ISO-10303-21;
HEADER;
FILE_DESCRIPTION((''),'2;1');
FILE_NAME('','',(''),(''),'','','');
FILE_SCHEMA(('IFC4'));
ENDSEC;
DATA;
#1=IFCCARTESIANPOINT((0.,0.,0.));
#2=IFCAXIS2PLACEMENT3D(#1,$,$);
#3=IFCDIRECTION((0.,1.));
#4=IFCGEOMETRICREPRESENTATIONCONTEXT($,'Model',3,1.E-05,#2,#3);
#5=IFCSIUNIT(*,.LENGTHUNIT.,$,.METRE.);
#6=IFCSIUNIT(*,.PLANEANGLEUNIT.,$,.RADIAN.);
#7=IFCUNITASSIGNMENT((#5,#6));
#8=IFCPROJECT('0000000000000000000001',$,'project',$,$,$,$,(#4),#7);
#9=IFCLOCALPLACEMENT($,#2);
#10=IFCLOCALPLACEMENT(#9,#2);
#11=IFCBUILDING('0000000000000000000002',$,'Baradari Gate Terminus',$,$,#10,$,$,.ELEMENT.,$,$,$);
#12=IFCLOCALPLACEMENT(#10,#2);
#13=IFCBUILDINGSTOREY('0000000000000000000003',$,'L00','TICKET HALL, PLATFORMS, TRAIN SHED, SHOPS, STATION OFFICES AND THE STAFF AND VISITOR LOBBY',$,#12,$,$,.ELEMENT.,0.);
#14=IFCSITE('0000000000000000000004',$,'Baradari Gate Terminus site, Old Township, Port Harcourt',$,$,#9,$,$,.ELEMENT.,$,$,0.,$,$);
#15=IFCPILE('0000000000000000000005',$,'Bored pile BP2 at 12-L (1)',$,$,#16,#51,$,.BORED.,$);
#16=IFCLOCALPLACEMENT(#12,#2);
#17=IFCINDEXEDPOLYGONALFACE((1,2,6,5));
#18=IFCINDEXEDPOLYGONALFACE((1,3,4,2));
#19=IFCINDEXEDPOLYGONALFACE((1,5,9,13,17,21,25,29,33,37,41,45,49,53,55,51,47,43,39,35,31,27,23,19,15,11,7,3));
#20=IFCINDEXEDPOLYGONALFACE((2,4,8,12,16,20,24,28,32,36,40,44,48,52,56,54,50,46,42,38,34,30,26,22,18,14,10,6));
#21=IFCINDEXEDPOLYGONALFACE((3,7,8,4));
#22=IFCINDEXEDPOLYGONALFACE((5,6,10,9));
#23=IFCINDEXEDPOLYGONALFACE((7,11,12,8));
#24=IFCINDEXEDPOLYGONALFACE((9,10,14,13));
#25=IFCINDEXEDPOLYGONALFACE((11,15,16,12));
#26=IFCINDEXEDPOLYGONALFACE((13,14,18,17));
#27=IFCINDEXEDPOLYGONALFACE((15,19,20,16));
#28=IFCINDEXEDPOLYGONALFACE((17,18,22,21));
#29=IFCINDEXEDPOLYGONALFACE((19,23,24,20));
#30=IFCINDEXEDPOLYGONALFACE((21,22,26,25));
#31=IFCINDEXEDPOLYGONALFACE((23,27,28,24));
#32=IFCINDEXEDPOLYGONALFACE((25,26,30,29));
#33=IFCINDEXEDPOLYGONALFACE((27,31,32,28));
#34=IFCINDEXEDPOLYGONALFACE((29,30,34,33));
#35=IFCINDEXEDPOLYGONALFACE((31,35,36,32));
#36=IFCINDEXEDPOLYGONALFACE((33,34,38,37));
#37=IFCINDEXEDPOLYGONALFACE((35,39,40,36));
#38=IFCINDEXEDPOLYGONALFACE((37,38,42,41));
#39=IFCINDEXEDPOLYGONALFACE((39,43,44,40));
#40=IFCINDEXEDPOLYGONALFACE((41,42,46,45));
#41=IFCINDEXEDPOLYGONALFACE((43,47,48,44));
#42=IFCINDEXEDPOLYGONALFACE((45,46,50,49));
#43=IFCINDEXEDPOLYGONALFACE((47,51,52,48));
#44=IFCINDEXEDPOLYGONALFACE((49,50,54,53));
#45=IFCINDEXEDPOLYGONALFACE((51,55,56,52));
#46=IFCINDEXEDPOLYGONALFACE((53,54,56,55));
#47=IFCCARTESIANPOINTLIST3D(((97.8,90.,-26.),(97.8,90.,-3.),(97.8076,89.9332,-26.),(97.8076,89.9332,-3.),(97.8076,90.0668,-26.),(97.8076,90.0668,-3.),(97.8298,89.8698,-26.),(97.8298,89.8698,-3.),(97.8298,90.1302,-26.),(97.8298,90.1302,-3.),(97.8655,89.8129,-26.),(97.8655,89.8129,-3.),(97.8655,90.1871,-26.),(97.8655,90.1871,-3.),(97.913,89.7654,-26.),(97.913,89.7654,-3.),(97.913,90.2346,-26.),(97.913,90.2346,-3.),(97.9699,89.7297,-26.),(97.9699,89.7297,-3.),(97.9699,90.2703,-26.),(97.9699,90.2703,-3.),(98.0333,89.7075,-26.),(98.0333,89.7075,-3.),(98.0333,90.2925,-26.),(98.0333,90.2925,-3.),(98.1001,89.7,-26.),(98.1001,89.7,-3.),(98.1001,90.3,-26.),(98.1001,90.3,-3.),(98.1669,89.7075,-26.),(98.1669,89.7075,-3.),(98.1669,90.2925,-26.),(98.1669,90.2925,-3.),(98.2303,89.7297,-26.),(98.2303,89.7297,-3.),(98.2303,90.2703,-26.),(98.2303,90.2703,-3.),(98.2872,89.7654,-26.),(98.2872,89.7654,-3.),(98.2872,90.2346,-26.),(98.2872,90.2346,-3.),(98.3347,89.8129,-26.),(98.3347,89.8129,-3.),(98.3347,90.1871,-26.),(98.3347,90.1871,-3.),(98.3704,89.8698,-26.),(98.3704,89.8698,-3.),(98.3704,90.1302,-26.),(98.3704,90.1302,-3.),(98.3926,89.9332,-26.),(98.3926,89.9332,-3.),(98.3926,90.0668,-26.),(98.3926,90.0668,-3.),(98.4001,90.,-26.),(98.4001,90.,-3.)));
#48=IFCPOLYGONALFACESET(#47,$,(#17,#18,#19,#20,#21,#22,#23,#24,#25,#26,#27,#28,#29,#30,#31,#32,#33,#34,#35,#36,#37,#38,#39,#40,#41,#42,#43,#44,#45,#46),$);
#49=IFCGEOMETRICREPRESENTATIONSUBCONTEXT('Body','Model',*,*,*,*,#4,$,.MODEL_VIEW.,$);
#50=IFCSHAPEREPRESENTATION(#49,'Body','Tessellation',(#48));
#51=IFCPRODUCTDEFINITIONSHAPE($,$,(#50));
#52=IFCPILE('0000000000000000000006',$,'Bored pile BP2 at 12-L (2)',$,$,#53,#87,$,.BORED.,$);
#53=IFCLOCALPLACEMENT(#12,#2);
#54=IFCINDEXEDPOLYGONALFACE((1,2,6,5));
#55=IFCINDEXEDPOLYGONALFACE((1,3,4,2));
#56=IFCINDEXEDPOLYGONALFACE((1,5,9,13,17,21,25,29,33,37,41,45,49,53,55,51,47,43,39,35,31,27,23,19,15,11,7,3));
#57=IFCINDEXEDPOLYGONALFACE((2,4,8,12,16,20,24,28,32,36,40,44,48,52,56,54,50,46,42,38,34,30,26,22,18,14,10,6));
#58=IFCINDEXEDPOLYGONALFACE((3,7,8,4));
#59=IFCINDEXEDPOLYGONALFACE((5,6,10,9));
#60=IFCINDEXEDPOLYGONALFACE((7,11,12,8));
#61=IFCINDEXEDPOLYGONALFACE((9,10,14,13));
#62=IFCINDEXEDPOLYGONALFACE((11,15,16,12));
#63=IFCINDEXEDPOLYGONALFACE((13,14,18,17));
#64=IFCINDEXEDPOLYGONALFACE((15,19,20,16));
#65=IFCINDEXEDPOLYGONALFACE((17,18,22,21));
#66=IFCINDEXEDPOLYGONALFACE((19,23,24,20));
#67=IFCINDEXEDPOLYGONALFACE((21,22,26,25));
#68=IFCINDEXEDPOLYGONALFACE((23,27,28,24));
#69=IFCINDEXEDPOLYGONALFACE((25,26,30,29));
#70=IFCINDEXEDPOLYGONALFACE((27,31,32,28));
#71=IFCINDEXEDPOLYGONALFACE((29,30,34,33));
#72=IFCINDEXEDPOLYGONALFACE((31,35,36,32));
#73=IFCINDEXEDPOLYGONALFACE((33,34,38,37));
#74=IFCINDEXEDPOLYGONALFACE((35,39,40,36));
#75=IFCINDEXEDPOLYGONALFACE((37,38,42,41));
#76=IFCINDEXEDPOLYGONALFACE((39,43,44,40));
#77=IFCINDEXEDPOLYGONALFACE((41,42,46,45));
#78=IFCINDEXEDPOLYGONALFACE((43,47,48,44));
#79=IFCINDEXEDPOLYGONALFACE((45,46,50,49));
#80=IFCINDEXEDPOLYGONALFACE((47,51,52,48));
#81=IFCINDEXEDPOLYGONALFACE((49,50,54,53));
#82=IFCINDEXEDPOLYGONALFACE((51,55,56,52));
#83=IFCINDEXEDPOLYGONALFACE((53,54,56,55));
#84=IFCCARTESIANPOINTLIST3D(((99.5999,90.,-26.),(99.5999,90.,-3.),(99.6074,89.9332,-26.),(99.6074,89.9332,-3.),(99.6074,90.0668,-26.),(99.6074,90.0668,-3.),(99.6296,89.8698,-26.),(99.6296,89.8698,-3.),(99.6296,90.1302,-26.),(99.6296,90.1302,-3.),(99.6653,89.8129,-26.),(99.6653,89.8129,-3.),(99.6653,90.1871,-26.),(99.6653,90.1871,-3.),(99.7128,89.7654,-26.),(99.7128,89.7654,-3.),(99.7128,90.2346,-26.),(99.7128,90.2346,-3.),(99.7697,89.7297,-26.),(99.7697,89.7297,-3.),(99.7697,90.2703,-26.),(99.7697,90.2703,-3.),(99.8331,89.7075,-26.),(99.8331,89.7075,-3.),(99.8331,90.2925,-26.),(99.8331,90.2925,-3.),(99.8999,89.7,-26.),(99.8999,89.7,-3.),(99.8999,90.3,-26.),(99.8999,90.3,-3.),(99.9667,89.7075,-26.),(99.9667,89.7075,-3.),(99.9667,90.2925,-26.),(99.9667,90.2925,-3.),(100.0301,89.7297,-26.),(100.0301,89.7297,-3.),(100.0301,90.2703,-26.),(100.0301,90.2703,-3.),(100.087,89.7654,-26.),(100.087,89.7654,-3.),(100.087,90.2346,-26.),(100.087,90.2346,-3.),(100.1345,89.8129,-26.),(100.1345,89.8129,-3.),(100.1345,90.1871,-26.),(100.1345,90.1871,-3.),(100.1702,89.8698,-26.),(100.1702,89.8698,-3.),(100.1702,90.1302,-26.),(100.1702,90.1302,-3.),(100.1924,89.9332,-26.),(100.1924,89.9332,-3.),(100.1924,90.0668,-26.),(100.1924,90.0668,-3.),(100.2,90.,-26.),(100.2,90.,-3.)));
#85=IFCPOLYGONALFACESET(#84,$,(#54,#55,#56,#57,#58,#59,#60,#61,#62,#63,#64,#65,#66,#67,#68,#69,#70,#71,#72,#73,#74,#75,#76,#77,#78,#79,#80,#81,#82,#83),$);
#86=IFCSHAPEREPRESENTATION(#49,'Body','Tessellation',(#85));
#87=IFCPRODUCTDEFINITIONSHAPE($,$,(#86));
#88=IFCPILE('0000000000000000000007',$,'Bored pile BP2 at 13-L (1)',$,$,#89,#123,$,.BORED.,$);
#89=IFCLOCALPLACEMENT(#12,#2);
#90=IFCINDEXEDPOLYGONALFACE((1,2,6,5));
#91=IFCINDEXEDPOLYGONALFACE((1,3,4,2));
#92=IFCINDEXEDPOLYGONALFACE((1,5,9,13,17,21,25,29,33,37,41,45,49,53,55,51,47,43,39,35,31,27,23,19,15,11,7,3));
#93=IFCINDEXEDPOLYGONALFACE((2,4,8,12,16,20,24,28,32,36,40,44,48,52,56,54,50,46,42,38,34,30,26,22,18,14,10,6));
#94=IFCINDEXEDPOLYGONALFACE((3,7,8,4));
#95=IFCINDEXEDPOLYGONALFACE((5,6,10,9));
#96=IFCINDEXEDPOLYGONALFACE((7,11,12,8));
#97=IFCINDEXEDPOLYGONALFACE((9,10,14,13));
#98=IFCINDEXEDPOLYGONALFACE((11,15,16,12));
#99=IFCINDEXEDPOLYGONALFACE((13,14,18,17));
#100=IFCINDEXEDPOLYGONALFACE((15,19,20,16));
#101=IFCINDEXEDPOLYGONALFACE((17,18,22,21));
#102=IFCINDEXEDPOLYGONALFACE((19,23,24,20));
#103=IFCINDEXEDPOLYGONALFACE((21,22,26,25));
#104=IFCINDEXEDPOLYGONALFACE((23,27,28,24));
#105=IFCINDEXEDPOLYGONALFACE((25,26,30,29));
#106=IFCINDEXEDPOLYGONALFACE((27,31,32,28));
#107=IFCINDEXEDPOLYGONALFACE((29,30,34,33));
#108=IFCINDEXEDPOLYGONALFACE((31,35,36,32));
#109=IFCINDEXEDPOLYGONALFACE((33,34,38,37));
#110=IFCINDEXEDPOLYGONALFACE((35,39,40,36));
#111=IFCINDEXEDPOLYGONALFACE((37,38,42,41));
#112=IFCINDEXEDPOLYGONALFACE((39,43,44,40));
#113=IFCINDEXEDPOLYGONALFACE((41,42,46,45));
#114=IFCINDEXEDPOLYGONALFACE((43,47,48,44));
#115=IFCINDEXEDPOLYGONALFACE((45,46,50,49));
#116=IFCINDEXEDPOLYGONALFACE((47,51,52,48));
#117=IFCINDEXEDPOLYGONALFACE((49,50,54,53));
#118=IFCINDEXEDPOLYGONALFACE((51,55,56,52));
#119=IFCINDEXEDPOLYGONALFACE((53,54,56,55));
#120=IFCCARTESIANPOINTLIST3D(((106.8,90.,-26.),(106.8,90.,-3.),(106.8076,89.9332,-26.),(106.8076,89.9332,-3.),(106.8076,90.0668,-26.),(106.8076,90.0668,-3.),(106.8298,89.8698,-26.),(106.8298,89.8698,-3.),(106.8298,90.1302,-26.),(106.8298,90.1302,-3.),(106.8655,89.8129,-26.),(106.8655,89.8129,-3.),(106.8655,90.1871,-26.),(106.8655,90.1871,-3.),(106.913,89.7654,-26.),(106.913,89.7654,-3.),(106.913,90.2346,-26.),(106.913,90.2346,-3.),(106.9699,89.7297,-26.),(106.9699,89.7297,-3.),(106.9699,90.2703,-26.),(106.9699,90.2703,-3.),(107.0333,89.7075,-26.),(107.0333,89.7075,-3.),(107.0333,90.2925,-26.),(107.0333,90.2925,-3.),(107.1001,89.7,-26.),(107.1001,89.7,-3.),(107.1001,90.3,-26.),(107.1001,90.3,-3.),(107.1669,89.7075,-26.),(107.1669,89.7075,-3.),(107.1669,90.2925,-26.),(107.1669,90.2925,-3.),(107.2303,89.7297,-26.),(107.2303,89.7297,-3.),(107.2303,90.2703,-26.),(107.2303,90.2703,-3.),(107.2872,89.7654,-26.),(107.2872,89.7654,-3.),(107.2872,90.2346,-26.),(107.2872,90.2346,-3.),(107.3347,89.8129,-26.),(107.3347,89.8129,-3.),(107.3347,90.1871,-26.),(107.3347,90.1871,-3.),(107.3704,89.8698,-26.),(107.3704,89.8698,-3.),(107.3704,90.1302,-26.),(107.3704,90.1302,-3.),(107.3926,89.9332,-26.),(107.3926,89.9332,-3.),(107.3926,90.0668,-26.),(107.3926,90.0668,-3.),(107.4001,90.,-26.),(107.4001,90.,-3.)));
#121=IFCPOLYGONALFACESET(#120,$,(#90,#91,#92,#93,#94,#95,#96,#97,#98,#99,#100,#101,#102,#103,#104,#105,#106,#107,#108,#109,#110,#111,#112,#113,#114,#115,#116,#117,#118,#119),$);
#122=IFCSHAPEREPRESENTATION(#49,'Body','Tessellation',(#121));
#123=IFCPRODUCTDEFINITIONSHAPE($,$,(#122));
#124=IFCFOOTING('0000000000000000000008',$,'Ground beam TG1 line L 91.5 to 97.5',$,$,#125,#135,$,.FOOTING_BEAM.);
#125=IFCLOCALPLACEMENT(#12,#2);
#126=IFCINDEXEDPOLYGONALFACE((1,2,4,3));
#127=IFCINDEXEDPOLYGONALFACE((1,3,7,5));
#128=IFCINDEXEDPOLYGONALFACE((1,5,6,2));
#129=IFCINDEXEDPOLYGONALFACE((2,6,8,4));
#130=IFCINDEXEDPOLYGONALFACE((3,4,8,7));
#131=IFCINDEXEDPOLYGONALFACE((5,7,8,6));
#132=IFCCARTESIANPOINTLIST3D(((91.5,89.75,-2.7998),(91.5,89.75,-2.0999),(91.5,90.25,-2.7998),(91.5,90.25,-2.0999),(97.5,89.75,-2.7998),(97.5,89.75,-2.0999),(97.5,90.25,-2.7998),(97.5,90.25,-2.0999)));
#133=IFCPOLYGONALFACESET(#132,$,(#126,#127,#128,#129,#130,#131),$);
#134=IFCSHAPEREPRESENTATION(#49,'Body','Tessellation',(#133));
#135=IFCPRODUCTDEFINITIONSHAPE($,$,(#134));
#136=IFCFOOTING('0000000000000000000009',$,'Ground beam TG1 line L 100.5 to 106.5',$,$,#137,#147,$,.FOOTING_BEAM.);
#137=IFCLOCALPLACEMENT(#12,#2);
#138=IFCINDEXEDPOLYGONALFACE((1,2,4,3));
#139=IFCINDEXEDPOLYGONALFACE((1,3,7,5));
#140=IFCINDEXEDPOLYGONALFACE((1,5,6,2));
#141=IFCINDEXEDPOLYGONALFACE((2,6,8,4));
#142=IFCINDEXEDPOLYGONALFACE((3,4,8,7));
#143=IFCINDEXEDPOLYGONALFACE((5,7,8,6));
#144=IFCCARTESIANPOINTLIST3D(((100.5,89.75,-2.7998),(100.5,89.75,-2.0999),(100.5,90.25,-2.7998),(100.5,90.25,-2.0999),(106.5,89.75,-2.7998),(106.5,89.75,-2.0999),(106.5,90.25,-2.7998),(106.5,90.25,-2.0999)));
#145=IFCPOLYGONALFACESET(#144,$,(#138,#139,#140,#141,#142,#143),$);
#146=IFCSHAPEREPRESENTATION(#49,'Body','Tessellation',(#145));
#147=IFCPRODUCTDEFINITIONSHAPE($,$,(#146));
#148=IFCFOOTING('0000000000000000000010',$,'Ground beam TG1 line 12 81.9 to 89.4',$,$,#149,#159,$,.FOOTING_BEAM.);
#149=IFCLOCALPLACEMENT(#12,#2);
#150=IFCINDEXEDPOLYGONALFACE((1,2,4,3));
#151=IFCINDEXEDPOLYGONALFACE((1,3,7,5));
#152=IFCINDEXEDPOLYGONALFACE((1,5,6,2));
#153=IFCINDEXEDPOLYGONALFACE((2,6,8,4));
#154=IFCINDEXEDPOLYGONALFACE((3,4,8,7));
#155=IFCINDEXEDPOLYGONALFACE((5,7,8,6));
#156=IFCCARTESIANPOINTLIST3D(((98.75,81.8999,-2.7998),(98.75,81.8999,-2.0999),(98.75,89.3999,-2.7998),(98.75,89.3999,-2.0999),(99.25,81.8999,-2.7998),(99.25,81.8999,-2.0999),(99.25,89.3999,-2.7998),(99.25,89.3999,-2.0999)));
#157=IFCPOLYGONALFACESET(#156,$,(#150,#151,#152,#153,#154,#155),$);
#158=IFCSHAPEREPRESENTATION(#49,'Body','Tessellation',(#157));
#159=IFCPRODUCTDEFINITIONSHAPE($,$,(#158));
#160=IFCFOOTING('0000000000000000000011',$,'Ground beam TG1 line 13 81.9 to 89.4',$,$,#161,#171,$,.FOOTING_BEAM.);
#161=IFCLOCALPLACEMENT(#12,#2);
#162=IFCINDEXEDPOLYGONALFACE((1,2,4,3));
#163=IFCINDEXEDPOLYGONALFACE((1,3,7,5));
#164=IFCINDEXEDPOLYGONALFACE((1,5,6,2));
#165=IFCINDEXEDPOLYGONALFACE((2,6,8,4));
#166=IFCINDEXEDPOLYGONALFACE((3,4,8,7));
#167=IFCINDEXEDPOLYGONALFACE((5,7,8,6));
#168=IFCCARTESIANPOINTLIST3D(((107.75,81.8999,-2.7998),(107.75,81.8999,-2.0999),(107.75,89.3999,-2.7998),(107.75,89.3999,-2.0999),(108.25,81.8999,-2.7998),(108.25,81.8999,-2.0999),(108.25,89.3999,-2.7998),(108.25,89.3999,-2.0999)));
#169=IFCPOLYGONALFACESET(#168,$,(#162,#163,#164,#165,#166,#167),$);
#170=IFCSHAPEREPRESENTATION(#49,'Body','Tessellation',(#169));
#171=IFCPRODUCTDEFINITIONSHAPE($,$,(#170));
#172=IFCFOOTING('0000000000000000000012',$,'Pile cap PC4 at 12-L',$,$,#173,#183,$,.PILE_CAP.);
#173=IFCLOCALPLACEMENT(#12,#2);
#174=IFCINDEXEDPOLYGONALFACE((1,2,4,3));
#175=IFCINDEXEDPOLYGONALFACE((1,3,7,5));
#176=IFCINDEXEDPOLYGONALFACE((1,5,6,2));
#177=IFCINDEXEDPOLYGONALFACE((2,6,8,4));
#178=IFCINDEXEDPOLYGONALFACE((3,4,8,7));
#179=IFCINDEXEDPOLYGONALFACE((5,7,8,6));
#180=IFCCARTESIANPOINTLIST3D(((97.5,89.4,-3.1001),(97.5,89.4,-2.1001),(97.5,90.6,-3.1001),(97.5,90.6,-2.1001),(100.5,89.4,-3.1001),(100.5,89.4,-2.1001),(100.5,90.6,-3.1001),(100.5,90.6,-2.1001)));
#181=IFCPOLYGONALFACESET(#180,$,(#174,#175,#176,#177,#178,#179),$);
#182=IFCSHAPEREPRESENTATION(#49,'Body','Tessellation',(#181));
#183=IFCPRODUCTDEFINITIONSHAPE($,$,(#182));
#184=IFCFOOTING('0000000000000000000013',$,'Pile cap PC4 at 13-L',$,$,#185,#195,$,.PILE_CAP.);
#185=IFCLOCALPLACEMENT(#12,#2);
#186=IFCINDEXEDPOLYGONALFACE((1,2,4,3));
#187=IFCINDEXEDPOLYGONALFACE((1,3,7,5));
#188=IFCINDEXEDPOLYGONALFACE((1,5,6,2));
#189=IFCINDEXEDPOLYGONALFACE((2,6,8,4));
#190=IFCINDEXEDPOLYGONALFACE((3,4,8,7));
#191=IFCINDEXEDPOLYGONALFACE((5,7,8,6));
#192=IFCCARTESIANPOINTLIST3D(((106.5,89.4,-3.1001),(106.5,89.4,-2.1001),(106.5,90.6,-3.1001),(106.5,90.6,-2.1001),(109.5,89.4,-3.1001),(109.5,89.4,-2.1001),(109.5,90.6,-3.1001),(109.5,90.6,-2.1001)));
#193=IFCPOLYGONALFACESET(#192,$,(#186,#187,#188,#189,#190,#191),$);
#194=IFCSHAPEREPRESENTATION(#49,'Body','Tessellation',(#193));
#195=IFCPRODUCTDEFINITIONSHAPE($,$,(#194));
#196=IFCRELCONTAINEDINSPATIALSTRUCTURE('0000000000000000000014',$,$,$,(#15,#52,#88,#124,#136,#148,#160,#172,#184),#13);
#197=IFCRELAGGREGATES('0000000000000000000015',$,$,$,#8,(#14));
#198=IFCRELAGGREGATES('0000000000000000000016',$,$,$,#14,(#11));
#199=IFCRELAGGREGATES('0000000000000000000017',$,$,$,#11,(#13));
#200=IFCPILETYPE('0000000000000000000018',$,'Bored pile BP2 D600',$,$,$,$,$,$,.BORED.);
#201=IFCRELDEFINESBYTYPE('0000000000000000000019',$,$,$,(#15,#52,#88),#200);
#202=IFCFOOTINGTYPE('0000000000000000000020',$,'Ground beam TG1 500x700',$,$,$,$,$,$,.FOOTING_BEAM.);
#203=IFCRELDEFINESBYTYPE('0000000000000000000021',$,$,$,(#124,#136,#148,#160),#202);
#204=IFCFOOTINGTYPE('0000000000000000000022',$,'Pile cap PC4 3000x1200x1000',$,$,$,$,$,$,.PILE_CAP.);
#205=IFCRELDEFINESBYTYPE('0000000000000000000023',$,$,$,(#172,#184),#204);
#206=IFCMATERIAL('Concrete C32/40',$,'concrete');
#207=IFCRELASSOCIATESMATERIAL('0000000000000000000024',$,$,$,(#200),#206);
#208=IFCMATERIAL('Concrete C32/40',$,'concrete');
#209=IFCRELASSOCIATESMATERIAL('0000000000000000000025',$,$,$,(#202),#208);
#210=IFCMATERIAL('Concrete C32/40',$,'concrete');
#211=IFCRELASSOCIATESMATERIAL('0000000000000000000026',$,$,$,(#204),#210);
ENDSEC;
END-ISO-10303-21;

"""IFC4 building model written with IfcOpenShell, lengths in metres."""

from ifc_helpers import new_model, si_unit, direction, frame, origin, origin_2d, place, context, subcontext, project, spatial, rectangle, circle, extrude, material, type_object, element, save


model = new_model("IFC4")

# Units and contexts
model_context = context("Model", 3, precision=1e-05, world=origin(), true_north=direction((0.0, 1.0)))
body_context = subcontext(model_context, "Body", "Model", "MODEL_VIEW")
ifc_project = project(units=[si_unit("LENGTHUNIT", "METRE"), si_unit("PLANEANGLEUNIT", "RADIAN")], contexts=[model_context])

# Site, building, storey
site_placement = place(None, origin())
site = spatial("IfcSite", under=ifc_project, at=site_placement, Name="Baradari Gate Terminus site, Old Township, Port Harcourt", CompositionType="ELEMENT", RefElevation=0.0)
building_placement = place(site_placement, origin())
building = spatial("IfcBuilding", under=site, at=building_placement, Name="Baradari Gate Terminus", CompositionType="ELEMENT")
storey_placement = place(building_placement, origin())
storey = spatial("IfcBuildingStorey", under=building, at=storey_placement, Name="L00", Description="TICKET HALL, PLATFORMS, TRAIN SHED, SHOPS, STATION OFFICES AND THE STAFF AND VISITOR LOBBY", CompositionType="ELEMENT", Elevation=0.0)

# Piles
ifc_material_1 = material(Name="Concrete C32/40", Category="concrete")
pile_type = type_object("IfcPileType", Name="Bored pile BP2 D600", PredefinedType="BORED", material=ifc_material_1)
for number, where, z_axis, x_axis, name in (
    (1, (98.1001, 90.0, -3.0), (0.0, 0.0, -1.0), (1.0, 0.0, 0.0), "Bored pile BP2 at 12-L (1)"),
    (2, (99.8999, 90.0, -3.0), (0.0, 0.0, -1.0), (1.0, 0.0, 0.0), "Bored pile BP2 at 12-L (2)"),
    (3, (107.1001, 90.0, -3.0), (0.0, 0.0, -1.0), (1.0, 0.0, 0.0), "Bored pile BP2 at 13-L (1)"),
):
    element("IfcPile", number, at=place(storey_placement, frame(where, z_axis=z_axis, x_axis=x_axis)), inside=storey, type_object=pile_type, Name=name, PredefinedType="BORED", context=body_context, shape_type="SweptSolid", body=[
        extrude(circle(Radius=0.3, at=origin_2d()), origin(), (0.0, 0.0, 1.0), 23.0),
    ])

# Footings
ifc_material_2 = material(Name="Concrete C32/40", Category="concrete")
footing_type_1 = type_object("IfcFootingType", Name="Ground beam TG1 500x700", PredefinedType="FOOTING_BEAM", material=ifc_material_2)
for number, where, z_axis, x_axis, name in (
    (4, (94.5, 90.0, -2.7998), (0.0, 0.0, 1.0), (1.0, 0.0, 0.0), "Ground beam TG1 line L 91.5 to 97.5"),
    (5, (103.5, 90.0, -2.7998), (0.0, 0.0, 1.0), (1.0, 0.0, 0.0), "Ground beam TG1 line L 100.5 to 106.5"),
):
    element("IfcFooting", number, at=place(storey_placement, frame(where, z_axis=z_axis, x_axis=x_axis)), inside=storey, type_object=footing_type_1, Name=name, PredefinedType="FOOTING_BEAM", context=body_context, shape_type="SweptSolid", body=[
        extrude(rectangle(XDim=6.0, YDim=0.5, at=origin_2d()), origin(), (0.0, 0.0, 1.0), 0.7),
    ])
for number, where, z_axis, x_axis, name in (
    (6, (99.0, 85.6499, -2.7998), (0.0, 0.0, 1.0), (1.0, 0.0, 0.0), "Ground beam TG1 line 12 81.9 to 89.4"),
    (7, (108.0, 85.6499, -2.7998), (0.0, 0.0, 1.0), (1.0, 0.0, 0.0), "Ground beam TG1 line 13 81.9 to 89.4"),
):
    element("IfcFooting", number, at=place(storey_placement, frame(where, z_axis=z_axis, x_axis=x_axis)), inside=storey, type_object=footing_type_1, Name=name, PredefinedType="FOOTING_BEAM", context=body_context, shape_type="SweptSolid", body=[
        extrude(rectangle(XDim=0.5, YDim=7.5, at=origin_2d()), origin(), (0.0, 0.0, 1.0), 0.7),
    ])
ifc_material_3 = material(Name="Concrete C32/40", Category="concrete")
footing_type_2 = type_object("IfcFootingType", Name="Pile cap PC4 3000x1200x1000", PredefinedType="PILE_CAP", material=ifc_material_3)
for number, where, z_axis, x_axis, name in (
    (8, (99.0, 90.0, -3.1001), (0.0, 0.0, 1.0), (1.0, 0.0, 0.0), "Pile cap PC4 at 12-L"),
    (9, (108.0, 90.0, -3.1001), (0.0, 0.0, 1.0), (1.0, 0.0, 0.0), "Pile cap PC4 at 13-L"),
):
    element("IfcFooting", number, at=place(storey_placement, frame(where, z_axis=z_axis, x_axis=x_axis)), inside=storey, type_object=footing_type_2, Name=name, PredefinedType="PILE_CAP", context=body_context, shape_type="SweptSolid", body=[
        extrude(rectangle(XDim=3.0, YDim=1.2, at=origin_2d()), origin(), (0.0, 0.0, 1.0), 1.0),
    ])

save(model, "model.ifc")
